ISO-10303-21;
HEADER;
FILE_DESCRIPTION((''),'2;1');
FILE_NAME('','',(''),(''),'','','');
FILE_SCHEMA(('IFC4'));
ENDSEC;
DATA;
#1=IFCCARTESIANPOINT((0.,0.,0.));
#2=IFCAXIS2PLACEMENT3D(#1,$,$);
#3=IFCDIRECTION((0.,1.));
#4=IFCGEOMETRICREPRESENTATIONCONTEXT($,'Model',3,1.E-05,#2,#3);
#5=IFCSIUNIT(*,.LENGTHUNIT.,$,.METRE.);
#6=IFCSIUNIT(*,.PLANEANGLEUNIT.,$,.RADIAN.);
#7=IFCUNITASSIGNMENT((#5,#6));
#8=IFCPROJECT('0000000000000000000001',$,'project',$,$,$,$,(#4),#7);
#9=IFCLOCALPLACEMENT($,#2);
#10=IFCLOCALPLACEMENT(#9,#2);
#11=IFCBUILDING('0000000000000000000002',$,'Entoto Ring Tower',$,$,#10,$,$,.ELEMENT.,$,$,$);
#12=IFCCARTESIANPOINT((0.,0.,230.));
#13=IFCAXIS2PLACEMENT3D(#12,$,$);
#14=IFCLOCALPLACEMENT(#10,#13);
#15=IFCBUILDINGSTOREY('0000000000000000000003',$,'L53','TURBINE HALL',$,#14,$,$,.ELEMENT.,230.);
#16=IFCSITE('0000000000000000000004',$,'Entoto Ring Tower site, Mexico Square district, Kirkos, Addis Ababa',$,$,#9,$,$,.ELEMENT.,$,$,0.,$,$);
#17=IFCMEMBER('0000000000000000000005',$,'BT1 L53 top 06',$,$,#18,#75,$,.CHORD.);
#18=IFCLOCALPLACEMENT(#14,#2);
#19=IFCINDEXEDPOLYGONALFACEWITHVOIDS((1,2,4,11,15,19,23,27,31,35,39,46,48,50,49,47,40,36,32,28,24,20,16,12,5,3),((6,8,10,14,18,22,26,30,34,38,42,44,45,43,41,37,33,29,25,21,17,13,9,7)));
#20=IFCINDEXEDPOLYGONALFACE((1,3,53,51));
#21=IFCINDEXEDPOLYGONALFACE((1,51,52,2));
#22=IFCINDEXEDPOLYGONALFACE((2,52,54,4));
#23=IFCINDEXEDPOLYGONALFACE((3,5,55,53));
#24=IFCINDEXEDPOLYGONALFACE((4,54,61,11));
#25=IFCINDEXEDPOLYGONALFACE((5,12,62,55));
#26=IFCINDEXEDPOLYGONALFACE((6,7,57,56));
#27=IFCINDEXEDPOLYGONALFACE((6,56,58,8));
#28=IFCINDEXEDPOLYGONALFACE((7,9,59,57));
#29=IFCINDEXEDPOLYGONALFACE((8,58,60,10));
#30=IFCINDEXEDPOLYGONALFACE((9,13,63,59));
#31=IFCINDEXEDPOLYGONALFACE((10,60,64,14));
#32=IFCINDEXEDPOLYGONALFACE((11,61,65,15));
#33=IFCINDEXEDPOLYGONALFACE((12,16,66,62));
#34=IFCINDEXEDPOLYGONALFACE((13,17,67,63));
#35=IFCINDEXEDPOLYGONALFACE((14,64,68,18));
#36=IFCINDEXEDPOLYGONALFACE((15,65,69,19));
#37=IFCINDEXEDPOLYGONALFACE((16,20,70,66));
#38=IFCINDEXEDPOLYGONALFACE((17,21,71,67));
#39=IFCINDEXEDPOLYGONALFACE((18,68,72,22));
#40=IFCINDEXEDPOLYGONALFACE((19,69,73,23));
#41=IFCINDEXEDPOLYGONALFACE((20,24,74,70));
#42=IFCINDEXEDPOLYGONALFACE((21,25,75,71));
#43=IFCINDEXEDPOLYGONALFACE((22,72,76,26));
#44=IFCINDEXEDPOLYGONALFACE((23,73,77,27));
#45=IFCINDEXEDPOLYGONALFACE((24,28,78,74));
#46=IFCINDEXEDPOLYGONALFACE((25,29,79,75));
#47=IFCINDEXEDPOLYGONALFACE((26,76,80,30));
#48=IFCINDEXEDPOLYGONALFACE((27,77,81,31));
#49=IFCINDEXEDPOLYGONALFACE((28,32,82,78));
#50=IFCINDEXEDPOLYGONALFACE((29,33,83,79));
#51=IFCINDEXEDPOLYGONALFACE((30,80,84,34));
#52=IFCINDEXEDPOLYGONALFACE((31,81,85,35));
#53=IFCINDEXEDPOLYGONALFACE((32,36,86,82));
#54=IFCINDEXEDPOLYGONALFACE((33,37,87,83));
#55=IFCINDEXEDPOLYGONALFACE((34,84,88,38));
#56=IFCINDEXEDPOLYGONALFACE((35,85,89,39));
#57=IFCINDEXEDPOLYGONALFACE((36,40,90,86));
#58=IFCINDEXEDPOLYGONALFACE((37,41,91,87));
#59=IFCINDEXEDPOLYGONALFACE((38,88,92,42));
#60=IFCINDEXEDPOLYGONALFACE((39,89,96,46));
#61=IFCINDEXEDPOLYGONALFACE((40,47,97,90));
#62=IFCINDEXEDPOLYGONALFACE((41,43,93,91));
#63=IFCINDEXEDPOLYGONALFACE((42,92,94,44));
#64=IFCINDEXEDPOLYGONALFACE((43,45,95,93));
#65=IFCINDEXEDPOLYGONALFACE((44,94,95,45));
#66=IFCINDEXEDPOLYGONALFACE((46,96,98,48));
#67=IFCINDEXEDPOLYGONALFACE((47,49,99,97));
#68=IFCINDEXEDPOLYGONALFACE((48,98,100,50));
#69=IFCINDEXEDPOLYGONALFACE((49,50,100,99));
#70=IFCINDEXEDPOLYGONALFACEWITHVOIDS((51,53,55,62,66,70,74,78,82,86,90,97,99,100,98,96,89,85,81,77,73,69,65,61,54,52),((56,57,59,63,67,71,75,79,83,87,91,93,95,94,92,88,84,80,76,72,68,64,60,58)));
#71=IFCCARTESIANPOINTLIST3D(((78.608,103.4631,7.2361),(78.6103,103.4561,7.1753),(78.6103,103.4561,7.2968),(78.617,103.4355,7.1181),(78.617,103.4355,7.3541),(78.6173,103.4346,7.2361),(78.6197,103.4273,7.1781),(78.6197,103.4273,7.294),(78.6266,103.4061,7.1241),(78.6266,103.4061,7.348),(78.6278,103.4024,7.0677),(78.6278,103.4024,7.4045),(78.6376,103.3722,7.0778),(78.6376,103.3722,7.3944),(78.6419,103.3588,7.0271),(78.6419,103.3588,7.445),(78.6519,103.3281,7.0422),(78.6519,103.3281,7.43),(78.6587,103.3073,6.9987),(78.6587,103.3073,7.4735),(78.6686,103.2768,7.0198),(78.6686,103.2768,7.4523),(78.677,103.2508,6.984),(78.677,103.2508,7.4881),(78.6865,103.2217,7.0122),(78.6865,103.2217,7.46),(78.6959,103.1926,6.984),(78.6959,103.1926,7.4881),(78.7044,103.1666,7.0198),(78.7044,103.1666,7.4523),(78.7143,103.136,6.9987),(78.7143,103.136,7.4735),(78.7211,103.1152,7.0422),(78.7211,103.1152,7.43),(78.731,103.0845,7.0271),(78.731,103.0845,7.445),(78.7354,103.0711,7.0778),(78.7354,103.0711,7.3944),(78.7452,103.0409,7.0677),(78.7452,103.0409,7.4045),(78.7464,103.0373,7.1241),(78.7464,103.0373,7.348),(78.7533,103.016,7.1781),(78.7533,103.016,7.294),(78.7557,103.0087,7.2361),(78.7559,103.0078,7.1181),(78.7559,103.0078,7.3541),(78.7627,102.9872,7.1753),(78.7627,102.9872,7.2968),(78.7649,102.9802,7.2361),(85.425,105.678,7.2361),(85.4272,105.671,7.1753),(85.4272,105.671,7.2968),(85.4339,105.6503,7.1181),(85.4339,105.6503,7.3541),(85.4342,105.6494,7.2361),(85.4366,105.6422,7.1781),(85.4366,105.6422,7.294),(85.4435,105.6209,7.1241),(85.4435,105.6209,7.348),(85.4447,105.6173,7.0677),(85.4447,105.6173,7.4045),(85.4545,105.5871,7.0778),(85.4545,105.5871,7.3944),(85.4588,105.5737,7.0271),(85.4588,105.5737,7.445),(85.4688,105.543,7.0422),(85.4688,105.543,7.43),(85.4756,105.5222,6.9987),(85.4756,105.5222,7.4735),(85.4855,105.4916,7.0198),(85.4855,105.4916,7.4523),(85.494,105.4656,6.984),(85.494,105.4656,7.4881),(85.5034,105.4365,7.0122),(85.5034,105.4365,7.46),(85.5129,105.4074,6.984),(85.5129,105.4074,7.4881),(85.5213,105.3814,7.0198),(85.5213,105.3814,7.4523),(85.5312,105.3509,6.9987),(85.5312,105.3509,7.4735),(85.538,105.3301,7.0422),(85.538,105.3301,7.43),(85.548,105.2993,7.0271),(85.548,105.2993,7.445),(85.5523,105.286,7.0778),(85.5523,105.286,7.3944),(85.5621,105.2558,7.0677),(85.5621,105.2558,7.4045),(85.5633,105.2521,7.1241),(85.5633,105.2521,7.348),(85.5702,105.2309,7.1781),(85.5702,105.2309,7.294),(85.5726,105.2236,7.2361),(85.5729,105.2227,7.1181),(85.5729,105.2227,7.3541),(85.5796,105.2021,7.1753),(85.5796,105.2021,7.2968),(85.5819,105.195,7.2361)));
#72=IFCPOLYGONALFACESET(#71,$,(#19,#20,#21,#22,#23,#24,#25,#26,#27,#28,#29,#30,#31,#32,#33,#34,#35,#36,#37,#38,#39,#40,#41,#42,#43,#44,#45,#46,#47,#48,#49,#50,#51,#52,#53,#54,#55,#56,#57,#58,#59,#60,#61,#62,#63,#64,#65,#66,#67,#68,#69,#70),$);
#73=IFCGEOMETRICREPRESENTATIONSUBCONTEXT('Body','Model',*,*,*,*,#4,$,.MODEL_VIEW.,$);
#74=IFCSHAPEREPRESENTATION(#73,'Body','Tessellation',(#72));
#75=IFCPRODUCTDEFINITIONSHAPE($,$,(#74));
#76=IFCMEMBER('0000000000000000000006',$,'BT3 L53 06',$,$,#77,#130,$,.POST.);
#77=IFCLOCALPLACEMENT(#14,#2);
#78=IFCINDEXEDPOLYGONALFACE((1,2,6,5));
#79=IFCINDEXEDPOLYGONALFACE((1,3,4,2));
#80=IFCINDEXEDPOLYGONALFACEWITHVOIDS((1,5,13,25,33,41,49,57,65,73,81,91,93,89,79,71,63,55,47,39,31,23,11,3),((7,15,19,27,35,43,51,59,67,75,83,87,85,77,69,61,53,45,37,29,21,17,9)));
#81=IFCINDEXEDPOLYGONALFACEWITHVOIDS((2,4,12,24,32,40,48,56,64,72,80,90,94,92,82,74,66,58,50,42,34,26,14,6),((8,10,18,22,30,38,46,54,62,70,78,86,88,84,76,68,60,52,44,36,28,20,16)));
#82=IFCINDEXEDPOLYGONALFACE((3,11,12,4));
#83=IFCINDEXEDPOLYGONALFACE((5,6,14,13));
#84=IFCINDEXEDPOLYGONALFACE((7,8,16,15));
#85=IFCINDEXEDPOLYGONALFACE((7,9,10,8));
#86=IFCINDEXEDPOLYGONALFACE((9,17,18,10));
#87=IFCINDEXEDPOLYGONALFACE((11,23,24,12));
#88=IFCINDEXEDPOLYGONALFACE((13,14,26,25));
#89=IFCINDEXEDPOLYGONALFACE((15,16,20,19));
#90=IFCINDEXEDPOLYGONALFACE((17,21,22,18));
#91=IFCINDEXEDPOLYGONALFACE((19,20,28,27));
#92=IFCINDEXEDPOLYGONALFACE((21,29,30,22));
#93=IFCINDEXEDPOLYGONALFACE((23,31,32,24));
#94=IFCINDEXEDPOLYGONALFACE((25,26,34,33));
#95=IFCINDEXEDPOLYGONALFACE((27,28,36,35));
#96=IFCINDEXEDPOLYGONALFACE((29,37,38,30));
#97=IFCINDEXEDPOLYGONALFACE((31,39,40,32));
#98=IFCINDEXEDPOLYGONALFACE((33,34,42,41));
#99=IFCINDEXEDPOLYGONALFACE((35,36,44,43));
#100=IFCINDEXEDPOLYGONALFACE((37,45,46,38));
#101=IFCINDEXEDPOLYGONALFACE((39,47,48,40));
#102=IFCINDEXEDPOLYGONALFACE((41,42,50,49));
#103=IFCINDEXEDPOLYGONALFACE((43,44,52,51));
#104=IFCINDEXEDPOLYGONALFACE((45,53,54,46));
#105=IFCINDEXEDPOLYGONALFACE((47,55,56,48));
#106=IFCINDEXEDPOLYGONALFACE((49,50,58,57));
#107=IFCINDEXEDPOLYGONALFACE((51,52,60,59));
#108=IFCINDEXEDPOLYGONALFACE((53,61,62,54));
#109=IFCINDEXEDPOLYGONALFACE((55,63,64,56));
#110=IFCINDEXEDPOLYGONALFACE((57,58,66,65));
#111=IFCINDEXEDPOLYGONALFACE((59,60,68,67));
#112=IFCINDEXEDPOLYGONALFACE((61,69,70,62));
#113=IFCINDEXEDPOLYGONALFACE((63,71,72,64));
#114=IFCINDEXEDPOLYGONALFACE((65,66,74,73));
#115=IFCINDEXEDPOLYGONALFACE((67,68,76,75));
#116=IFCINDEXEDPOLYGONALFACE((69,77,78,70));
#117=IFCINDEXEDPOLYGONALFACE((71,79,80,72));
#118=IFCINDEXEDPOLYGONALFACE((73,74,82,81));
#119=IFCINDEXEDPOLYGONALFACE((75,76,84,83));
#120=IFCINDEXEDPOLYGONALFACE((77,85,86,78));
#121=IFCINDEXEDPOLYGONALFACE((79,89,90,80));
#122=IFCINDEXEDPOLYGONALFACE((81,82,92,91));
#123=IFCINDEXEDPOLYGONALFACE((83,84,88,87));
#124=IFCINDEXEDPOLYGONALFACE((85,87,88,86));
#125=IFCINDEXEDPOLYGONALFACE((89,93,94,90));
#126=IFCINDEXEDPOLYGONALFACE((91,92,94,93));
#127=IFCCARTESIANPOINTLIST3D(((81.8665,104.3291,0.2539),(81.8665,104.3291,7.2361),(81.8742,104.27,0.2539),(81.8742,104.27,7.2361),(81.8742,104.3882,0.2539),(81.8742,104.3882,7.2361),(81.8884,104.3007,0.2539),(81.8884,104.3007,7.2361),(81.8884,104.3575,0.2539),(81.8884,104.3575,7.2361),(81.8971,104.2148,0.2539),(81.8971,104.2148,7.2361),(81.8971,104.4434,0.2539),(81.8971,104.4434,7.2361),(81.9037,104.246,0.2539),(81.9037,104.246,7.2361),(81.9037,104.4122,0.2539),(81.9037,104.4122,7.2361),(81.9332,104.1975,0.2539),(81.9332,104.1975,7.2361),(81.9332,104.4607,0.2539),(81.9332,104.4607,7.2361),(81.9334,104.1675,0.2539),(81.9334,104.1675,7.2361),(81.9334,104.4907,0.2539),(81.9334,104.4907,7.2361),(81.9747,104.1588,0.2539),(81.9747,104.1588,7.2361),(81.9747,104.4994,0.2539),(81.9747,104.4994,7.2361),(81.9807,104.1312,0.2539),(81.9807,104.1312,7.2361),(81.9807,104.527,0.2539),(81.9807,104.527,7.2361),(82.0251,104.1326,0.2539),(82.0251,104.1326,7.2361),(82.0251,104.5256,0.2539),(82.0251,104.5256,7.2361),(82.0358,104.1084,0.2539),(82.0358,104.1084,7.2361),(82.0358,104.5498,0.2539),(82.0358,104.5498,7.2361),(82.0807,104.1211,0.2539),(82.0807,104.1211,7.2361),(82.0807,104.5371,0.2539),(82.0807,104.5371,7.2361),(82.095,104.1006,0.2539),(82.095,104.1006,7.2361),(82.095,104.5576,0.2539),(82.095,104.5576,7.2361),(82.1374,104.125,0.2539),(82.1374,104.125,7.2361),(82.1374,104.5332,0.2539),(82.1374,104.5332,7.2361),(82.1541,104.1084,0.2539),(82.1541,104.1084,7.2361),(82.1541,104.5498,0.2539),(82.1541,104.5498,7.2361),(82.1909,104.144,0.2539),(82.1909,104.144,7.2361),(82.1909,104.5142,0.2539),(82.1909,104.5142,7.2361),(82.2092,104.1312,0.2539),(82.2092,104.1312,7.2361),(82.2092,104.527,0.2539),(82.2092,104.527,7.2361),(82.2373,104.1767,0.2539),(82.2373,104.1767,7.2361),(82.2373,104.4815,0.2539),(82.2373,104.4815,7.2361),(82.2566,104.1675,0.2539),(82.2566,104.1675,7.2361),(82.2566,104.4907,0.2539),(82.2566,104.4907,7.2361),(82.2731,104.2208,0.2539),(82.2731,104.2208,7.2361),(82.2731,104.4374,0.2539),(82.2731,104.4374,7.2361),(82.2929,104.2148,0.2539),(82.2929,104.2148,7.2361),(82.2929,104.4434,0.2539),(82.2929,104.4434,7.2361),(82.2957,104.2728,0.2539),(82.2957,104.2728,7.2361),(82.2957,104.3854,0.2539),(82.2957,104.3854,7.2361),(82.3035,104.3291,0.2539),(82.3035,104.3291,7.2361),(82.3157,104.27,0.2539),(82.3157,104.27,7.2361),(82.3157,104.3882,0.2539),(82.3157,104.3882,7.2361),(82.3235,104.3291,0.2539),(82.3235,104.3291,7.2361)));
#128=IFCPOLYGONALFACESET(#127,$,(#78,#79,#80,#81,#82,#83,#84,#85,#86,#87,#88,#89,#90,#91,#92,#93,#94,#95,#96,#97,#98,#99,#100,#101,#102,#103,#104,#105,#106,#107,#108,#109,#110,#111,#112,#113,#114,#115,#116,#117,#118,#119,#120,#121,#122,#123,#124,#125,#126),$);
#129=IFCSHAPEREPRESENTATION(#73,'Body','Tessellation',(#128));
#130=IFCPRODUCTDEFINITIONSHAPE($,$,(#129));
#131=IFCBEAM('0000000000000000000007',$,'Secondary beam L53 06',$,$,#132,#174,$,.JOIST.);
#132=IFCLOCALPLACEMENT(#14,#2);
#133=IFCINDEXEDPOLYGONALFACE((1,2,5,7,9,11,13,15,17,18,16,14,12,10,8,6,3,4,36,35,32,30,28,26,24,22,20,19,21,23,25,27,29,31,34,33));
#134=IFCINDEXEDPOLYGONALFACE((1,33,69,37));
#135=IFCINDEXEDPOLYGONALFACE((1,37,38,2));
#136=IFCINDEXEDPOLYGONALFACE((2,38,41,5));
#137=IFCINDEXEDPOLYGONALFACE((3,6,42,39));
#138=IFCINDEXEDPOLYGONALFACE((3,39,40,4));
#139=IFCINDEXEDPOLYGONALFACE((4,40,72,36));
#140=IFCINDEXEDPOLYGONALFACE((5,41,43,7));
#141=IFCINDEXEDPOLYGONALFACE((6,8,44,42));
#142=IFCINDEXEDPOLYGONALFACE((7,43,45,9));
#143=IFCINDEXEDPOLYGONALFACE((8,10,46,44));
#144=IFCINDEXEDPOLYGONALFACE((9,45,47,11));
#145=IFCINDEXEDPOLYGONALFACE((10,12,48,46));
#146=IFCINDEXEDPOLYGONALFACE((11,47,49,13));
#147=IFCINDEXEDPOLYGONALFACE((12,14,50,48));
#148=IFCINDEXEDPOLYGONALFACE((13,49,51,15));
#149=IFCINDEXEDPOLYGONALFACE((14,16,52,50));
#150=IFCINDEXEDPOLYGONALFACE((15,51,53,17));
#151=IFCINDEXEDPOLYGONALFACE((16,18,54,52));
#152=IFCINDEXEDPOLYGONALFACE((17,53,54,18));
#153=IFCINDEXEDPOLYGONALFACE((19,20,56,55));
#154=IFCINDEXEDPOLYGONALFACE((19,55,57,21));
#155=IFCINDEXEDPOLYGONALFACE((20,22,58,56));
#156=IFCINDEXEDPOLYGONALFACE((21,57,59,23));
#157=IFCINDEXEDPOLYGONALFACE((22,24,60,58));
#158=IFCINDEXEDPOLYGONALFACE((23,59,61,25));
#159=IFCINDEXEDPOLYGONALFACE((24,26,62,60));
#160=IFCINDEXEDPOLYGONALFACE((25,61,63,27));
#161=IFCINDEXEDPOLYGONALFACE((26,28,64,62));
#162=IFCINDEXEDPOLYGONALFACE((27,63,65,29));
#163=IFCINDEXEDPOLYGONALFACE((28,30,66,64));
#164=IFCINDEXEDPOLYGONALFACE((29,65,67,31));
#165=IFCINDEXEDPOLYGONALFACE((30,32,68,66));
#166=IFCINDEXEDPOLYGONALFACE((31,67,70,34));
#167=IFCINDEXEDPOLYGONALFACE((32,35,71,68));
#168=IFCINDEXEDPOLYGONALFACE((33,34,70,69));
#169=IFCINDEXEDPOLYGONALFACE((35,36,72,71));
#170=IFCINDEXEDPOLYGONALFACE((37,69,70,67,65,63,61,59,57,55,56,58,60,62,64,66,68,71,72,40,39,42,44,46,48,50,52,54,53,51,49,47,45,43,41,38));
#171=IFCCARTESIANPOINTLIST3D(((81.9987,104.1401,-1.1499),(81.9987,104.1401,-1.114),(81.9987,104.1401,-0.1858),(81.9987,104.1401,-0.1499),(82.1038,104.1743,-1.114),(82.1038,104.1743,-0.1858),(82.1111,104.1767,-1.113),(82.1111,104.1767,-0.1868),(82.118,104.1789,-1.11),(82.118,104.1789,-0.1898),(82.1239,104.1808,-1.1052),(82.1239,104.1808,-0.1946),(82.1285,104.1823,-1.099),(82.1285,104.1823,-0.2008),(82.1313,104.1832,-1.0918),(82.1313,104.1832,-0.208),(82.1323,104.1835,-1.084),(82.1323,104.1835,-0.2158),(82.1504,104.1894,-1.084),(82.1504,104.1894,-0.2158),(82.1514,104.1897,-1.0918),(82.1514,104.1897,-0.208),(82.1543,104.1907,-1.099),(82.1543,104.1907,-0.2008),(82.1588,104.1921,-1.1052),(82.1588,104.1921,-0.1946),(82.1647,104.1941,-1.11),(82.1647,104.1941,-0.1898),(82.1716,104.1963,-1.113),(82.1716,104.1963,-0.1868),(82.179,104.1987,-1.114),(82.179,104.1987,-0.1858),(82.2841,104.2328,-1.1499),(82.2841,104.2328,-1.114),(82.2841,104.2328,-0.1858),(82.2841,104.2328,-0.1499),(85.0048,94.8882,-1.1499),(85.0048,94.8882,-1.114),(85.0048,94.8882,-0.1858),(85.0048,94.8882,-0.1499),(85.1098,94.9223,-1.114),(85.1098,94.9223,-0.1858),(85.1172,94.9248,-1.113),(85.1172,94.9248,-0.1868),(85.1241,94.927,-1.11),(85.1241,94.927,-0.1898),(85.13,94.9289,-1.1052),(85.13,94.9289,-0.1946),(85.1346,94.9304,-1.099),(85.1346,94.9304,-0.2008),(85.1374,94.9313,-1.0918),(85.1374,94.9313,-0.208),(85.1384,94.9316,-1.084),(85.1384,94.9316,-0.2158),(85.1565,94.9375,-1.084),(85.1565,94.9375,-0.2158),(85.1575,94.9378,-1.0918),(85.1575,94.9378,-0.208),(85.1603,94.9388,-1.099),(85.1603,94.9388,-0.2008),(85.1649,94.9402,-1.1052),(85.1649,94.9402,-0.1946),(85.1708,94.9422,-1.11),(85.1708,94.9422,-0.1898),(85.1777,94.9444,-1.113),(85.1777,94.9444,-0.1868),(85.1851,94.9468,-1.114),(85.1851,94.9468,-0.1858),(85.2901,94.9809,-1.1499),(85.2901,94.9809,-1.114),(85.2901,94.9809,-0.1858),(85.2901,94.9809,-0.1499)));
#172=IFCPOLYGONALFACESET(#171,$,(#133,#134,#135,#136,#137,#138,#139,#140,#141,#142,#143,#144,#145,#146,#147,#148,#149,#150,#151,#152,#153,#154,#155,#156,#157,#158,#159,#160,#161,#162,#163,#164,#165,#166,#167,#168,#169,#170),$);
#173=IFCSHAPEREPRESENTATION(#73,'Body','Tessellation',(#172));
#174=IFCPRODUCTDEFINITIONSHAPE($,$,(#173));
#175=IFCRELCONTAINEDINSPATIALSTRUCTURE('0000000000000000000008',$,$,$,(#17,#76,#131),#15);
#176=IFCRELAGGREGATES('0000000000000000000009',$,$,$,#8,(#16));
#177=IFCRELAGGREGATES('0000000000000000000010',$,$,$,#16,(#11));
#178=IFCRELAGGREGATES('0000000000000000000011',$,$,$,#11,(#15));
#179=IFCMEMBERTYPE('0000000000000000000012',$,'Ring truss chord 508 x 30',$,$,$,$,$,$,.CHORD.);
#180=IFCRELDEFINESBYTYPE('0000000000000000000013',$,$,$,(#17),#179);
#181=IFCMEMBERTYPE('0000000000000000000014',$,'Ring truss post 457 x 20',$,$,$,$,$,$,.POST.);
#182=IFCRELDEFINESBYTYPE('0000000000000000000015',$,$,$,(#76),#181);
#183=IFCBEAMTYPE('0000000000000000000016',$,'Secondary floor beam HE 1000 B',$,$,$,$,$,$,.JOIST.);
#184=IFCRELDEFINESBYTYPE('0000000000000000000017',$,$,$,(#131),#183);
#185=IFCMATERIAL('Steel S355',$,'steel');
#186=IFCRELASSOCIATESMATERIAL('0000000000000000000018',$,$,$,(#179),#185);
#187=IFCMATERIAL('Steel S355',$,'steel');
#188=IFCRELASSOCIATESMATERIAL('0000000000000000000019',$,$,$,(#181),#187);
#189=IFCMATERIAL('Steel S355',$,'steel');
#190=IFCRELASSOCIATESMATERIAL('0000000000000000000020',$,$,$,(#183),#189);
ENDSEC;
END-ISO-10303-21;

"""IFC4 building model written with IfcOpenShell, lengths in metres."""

from ifc_helpers import new_model, si_unit, direction, frame, origin, origin_2d, place, context, subcontext, project, spatial, circle, hollow_circle, i_section, extrude, material, material_profile, profile_set, type_object, element, save


model = new_model("IFC4")

# Units and contexts
model_context = context("Model", 3, precision=1e-05, world=origin(), true_north=direction((0.0, 1.0)))
body_context = subcontext(model_context, "Body", "Model", "MODEL_VIEW")
ifc_project = project(units=[si_unit("LENGTHUNIT", "METRE"), si_unit("PLANEANGLEUNIT", "RADIAN")], contexts=[model_context])

# Site, building, storey
site_placement = place(None, origin())
site = spatial("IfcSite", under=ifc_project, at=site_placement, Name="Entoto Ring Tower site, Mexico Square district, Kirkos, Addis Ababa", CompositionType="ELEMENT", RefElevation=0.0)
building_placement = place(site_placement, origin())
building = spatial("IfcBuilding", under=site, at=building_placement, Name="Entoto Ring Tower", CompositionType="ELEMENT")
storey_placement = place(building_placement, frame((0.0, 0.0, 230.0)))
storey = spatial("IfcBuildingStorey", under=building, at=storey_placement, Name="L53", Description="TURBINE HALL", CompositionType="ELEMENT", Elevation=230.0)

# Members
ifc_material_1 = material(Name="Steel S355", Category="steel")
ifc_material_profile_1 = material_profile(ifc_material_1, hollow_circle(Radius=0.2539, WallThickness=0.03, at=origin_2d()), Name="CHS 508 x 30")
ifc_material_2 = material(Name="Concrete C60/75", Category="concrete")
ifc_material_profile_2 = material_profile(ifc_material_2, circle(Radius=0.2241, at=origin_2d()), Name="Concrete C60/75 infill")
ifc_profile_set_1 = profile_set([ifc_material_profile_1, ifc_material_profile_2], Name="Steel S355")
member_type_1 = type_object("IfcMemberType", Name="Ring truss chord 508 x 30", PredefinedType="CHORD", material=ifc_profile_set_1)
for number, where, z_axis, x_axis, name in (
    (1, (85.5034, 105.4365, 7.2361), (-0.951061, -0.309004, 0.0), (0.309004, -0.951061, 0.0), "BT1 L53 top 06"),
):
    element("IfcMember", number, at=place(storey_placement, frame(where, z_axis=z_axis, x_axis=x_axis)), inside=storey, type_object=member_type_1, Name=name, PredefinedType="CHORD", context=body_context, shape_type="SweptSolid", body=[
        extrude(hollow_circle(Radius=0.2539, WallThickness=0.03, at=origin_2d()), origin(), (0.0, 0.0, 1.0), 7.1677),
    ])
ifc_material_3 = material(Name="Steel S355", Category="steel")
ifc_material_profile_3 = material_profile(ifc_material_3, hollow_circle(Radius=0.2285, WallThickness=0.02, at=origin_2d()), Name="CHS 457 x 20")
ifc_material_4 = material(Name="Concrete C60/75", Category="concrete")
ifc_material_profile_4 = material_profile(ifc_material_4, circle(Radius=0.2085, at=origin_2d()), Name="Concrete C60/75 infill")
ifc_profile_set_2 = profile_set([ifc_material_profile_3, ifc_material_profile_4], Name="Steel S355")
member_type_2 = type_object("IfcMemberType", Name="Ring truss post 457 x 20", PredefinedType="POST", material=ifc_profile_set_2)
member_1_placement = place(storey_placement, frame((82.095, 104.3291, 0.2539), z_axis=(0.0, 0.0, 1.0), x_axis=(1.0, 0.0, 0.0)))
element("IfcMember", 2, at=member_1_placement, inside=storey, type_object=member_type_2, Name="BT3 L53 06", PredefinedType="POST", context=body_context, shape_type="SweptSolid", body=[
    extrude(hollow_circle(Radius=0.2285, WallThickness=0.02, at=origin_2d()), origin(), (0.0, 0.0, 1.0), 6.9822),
])

# Beam
ifc_material_5 = material(Name="Steel S355", Category="steel")
ifc_material_profile_5 = material_profile(ifc_material_5, i_section(OverallWidth=0.3, OverallDepth=1.0, WebThickness=0.019, FlangeThickness=0.0359, FilletRadius=0.03, at=origin_2d()), Name="HE 1000 B")
ifc_profile_set_3 = profile_set([ifc_material_profile_5], Name="Steel S355")
beam_type_1 = type_object("IfcBeamType", Name="Secondary floor beam HE 1000 B", PredefinedType="JOIST", material=ifc_profile_set_3)
beam_1_placement = place(storey_placement, frame((85.1475, 94.9346, -0.6499), z_axis=(-0.309013, 0.951058, 0.0), x_axis=(-0.951058, -0.309013, 0.0)))
element("IfcBeam", 3, at=beam_1_placement, inside=storey, type_object=beam_type_1, Name="Secondary beam L53 06", PredefinedType="JOIST", context=body_context, shape_type="SweptSolid", body=[
    extrude(i_section(OverallWidth=0.3, OverallDepth=1.0, WebThickness=0.019, FlangeThickness=0.0359, FilletRadius=0.03, at=origin_2d()), origin(), (0.0, 0.0, 1.0), 9.728),
])

save(model, "model.ifc")
